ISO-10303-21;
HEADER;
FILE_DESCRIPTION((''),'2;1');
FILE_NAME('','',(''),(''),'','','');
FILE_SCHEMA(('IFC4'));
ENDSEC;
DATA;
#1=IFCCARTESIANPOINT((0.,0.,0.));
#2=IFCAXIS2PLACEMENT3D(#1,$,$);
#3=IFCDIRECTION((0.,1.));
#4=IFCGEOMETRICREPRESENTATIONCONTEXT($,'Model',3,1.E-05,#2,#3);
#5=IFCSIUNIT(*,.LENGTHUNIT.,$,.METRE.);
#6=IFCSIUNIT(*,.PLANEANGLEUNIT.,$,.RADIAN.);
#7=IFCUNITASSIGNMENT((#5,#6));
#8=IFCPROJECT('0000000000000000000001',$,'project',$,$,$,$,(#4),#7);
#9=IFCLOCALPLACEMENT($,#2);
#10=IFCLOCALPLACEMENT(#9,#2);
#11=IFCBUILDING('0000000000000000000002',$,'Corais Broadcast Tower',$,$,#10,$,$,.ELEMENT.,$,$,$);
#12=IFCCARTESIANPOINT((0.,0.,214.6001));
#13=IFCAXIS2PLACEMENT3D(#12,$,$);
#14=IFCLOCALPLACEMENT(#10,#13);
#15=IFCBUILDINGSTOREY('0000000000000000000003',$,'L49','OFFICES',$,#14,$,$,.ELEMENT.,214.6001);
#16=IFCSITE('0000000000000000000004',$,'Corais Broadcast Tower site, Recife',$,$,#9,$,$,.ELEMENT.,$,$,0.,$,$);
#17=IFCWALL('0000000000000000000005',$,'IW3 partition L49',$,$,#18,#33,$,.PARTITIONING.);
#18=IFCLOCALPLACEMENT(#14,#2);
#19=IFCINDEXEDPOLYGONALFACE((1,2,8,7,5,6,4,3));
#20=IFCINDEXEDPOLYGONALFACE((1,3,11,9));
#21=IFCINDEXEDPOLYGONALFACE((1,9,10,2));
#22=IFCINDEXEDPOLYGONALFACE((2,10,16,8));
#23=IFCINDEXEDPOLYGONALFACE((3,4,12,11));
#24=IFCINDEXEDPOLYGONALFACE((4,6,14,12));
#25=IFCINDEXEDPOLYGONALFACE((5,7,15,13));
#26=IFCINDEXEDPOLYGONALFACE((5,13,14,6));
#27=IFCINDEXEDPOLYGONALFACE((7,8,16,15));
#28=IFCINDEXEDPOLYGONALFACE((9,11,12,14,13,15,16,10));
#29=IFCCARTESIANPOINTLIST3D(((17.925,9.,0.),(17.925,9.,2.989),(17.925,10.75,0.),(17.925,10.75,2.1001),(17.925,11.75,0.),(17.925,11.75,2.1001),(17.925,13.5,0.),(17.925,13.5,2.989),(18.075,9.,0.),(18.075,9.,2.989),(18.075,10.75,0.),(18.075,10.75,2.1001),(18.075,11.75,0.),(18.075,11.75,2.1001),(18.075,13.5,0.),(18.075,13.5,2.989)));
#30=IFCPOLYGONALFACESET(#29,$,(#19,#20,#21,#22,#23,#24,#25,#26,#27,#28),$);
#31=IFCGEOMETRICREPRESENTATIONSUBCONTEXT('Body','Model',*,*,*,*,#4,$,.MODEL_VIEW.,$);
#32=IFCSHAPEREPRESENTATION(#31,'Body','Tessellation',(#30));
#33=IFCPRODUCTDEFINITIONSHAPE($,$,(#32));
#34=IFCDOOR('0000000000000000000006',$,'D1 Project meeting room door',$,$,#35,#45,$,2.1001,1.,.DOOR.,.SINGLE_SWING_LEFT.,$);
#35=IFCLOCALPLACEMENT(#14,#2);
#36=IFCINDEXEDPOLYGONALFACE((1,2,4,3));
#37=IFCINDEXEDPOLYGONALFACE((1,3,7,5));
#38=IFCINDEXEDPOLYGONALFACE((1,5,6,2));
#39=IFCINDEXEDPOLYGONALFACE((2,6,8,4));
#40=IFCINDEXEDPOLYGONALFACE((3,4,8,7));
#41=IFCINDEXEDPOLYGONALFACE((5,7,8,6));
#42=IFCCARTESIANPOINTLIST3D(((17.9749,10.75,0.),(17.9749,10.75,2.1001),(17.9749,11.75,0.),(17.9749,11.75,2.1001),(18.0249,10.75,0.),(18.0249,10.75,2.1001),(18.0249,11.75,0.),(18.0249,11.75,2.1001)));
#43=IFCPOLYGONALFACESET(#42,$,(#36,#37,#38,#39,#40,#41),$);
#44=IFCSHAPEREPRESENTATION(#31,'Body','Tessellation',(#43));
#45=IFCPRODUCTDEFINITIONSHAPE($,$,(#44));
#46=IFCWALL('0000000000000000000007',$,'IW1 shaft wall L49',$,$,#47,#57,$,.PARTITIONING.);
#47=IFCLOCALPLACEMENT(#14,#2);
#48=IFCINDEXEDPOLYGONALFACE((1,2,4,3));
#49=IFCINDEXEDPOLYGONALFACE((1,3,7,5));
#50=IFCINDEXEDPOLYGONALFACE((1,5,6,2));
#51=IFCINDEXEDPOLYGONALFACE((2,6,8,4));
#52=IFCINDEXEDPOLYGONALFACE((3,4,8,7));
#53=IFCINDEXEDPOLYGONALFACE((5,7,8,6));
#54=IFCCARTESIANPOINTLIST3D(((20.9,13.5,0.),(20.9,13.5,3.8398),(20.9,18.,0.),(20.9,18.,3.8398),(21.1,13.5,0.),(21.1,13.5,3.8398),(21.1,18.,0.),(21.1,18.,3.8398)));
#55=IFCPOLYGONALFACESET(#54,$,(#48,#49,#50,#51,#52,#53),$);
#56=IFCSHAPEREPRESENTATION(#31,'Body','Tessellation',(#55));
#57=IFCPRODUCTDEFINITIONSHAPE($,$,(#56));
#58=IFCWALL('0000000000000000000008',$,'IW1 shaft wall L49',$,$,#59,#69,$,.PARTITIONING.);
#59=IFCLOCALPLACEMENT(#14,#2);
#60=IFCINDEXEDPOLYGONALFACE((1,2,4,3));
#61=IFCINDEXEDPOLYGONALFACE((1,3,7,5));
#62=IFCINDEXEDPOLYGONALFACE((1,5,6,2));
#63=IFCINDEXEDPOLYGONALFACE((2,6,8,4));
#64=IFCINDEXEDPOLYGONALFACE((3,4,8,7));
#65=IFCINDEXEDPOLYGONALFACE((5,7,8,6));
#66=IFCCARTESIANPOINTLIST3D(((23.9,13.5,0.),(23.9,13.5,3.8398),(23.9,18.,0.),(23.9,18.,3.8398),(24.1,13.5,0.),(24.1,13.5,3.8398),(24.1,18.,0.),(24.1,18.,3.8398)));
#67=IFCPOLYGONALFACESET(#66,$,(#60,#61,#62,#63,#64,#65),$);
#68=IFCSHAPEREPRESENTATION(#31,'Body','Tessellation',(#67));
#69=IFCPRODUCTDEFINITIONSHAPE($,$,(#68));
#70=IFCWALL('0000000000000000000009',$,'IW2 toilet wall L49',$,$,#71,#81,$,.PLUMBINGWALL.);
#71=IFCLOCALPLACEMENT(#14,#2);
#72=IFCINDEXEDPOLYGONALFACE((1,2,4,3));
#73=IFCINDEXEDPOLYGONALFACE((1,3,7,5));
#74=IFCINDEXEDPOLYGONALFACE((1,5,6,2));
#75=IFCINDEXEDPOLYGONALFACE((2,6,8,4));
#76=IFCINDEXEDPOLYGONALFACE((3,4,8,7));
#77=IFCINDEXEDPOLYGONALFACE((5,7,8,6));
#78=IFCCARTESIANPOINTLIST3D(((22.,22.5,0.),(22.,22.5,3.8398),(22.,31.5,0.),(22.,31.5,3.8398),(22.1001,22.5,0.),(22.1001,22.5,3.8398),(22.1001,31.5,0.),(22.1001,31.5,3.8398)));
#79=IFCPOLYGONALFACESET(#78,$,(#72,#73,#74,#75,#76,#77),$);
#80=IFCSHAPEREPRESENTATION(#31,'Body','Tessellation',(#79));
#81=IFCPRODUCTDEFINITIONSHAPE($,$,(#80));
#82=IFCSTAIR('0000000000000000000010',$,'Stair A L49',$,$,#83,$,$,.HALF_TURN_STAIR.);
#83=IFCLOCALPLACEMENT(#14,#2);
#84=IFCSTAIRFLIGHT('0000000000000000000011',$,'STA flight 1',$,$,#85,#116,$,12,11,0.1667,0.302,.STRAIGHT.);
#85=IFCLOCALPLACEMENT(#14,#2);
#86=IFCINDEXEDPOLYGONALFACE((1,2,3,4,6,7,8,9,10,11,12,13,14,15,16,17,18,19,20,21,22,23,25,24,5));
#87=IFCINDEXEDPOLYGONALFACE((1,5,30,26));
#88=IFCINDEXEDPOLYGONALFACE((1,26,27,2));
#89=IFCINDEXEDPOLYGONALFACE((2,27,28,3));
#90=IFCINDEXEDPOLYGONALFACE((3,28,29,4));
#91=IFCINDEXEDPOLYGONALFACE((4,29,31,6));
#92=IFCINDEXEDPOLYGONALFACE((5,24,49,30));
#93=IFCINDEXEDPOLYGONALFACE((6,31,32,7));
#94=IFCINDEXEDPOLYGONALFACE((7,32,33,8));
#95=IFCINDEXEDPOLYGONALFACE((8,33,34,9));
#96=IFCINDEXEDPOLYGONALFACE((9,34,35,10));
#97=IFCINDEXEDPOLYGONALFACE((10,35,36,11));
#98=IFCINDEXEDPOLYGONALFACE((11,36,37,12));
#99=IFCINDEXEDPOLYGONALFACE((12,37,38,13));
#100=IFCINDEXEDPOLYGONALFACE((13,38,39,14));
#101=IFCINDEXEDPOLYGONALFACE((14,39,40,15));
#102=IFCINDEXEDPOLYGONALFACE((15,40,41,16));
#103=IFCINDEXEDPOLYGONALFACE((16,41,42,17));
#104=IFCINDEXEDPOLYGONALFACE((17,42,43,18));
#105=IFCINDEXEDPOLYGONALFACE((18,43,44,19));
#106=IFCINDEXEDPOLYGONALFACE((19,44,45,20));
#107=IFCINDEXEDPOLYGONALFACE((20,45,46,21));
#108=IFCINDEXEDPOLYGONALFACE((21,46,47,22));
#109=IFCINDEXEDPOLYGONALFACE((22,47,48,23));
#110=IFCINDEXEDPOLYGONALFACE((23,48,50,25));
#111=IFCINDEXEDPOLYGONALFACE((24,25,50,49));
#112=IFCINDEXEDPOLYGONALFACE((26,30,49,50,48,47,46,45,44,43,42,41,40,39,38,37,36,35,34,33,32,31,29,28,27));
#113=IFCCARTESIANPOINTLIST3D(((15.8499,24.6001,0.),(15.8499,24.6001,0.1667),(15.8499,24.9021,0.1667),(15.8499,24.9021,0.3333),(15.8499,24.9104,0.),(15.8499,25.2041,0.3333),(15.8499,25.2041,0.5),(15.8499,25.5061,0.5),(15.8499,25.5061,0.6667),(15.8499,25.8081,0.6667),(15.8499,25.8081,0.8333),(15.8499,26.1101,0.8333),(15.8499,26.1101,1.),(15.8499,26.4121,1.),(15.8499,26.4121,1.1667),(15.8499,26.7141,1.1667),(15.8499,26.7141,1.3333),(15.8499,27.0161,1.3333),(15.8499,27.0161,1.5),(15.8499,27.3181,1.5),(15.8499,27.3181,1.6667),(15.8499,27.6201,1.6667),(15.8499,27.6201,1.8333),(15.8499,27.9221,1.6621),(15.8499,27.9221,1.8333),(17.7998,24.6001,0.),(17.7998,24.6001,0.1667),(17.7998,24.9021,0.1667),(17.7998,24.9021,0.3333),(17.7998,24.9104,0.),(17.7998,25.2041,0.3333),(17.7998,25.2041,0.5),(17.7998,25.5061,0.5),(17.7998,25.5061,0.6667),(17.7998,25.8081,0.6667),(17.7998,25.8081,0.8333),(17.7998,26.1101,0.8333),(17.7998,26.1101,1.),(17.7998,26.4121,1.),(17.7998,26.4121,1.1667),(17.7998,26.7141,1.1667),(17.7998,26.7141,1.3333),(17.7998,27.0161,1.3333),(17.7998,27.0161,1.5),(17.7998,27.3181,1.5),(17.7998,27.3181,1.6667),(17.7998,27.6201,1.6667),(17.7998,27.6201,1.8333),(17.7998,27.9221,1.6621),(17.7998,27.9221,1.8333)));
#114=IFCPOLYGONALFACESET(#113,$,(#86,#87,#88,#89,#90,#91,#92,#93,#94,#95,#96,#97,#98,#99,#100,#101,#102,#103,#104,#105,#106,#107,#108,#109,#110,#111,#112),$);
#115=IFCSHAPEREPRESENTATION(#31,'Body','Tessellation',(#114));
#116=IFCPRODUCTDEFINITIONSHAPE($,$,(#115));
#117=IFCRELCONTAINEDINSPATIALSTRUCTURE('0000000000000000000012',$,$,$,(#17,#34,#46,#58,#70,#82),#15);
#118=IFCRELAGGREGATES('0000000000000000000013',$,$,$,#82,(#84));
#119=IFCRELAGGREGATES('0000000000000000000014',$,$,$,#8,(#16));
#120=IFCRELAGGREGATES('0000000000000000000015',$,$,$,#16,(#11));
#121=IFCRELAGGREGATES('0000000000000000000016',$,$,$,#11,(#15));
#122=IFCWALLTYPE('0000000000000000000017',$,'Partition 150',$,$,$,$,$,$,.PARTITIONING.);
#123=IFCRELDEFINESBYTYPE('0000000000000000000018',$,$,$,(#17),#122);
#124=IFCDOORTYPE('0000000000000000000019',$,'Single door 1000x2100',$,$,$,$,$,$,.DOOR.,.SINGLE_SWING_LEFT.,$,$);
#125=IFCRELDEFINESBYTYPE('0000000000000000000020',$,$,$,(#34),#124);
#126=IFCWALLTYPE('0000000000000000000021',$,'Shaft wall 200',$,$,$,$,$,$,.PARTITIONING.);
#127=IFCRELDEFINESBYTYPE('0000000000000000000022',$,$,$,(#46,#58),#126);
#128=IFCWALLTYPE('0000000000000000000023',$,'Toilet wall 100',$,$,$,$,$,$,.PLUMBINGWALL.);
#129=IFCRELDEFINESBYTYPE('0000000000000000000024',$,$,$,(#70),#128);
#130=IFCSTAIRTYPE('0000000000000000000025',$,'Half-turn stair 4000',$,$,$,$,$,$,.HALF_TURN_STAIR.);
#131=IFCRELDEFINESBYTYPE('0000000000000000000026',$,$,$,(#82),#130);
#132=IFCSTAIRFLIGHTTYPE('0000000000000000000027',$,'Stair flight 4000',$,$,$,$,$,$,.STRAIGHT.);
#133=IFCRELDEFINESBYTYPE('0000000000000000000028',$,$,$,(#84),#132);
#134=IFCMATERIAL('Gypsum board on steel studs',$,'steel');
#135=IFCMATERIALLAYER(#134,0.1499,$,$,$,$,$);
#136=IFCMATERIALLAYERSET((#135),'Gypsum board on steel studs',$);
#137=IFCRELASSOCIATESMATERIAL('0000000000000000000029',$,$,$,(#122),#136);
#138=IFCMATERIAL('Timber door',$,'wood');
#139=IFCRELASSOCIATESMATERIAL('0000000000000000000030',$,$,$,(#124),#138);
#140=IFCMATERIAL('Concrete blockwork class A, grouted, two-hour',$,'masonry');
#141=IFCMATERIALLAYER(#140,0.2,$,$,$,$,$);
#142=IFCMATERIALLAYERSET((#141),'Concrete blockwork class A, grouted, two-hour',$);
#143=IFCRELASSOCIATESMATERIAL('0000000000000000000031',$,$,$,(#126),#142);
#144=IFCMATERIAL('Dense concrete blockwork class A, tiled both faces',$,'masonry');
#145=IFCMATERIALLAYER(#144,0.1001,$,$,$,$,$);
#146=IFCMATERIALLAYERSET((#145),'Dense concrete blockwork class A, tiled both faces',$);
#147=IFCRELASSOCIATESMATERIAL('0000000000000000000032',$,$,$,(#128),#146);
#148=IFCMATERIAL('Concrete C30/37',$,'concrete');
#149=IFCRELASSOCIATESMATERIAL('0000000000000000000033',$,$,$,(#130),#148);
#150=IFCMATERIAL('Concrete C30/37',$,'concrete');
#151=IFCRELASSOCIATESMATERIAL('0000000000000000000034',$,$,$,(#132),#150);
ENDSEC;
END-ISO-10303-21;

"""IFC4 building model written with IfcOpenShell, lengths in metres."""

from ifc_helpers import new_model, si_unit, direction, frame, frame_2d, origin, place, context, subcontext, project, spatial, polyline, rectangle, outline, extrude, material, layer, layer_set, type_object, element, fill, aggregate, save


model = new_model("IFC4")

# Units and contexts
model_context = context("Model", 3, precision=1e-05, world=origin(), true_north=direction((0.0, 1.0)))
body_context = subcontext(model_context, "Body", "Model", "MODEL_VIEW")
ifc_project = project(units=[si_unit("LENGTHUNIT", "METRE"), si_unit("PLANEANGLEUNIT", "RADIAN")], contexts=[model_context])

# Site, building, storey
site_placement = place(None, origin())
site = spatial("IfcSite", under=ifc_project, at=site_placement, Name="Corais Broadcast Tower site, Recife", CompositionType="ELEMENT", RefElevation=0.0)
building_placement = place(site_placement, origin())
building = spatial("IfcBuilding", under=site, at=building_placement, Name="Corais Broadcast Tower", CompositionType="ELEMENT")
storey_placement = place(building_placement, frame((0.0, 0.0, 214.6001)))
storey = spatial("IfcBuildingStorey", under=building, at=storey_placement, Name="L49", Description="OFFICES", CompositionType="ELEMENT", Elevation=214.6001)

# Shared definitions
ifc_material_1 = material(Name="Gypsum board on steel studs", Category="steel")
ifc_layer_1 = layer(ifc_material_1, 0.1499)
ifc_layer_set_1 = layer_set([ifc_layer_1], Name="Gypsum board on steel studs")
wall_type_1 = type_object("IfcWallType", Name="Partition 150", PredefinedType="PARTITIONING", material=ifc_layer_set_1)

# Wall, opening, door
wall_1_placement = place(storey_placement, frame((18.0, 13.5, 0.0), z_axis=(0.0, 0.0, 1.0), x_axis=(0.0, -1.0, 0.0)))
wall_1 = element("IfcWall", 1, at=wall_1_placement, inside=storey, type_object=wall_type_1, Name="IW3 partition L49", PredefinedType="PARTITIONING", context=body_context, shape_type="SweptSolid", body=[
    extrude(rectangle(XDim=4.5, YDim=0.1499, at=frame_2d((2.25, 0.0))), origin(), (0.0, 0.0, 1.0), 2.989),
])
opening_1_placement = place(wall_1_placement, frame((1.75, 0.0, 0.0)))
opening_1 = element("IfcOpeningElement", 2, at=opening_1_placement, cuts=wall_1, PredefinedType="OPENING", context=body_context, shape_type="SweptSolid", body=[
    extrude(rectangle(XDim=1.0, YDim=2.1001, at=frame_2d((0.5, 1.05))), frame((0.0, 0.085, 0.0), z_axis=(0.0, -1.0, 0.0), x_axis=(1.0, 0.0, 0.0)), (0.0, 0.0, 1.0), 0.1699),
])
ifc_material_2 = material(Name="Timber door", Category="wood")
door_type_1 = type_object("IfcDoorType", Name="Single door 1000x2100", OperationType="SINGLE_SWING_LEFT", PredefinedType="DOOR", material=ifc_material_2)
door_1_placement = place(opening_1_placement, origin())
door_1 = element("IfcDoor", 3, at=door_1_placement, inside=storey, type_object=door_type_1, Name="D1 Project meeting room door", OperationType="SINGLE_SWING_LEFT", OverallHeight=2.1001, OverallWidth=1.0, PredefinedType="DOOR", context=body_context, shape_type="SweptSolid", body=[
    extrude(rectangle(XDim=1.0, YDim=2.1001, at=frame_2d((0.5, 1.05))), frame((0.0, 0.0249, 0.0), z_axis=(0.0, -1.0, 0.0), x_axis=(1.0, 0.0, 0.0)), (0.0, 0.0, 1.0), 0.05),
])
fill(opening_1, door_1)

# Walls
ifc_material_3 = material(Name="Concrete blockwork class A, grouted, two-hour", Category="masonry")
ifc_layer_2 = layer(ifc_material_3, 0.2)
ifc_layer_set_2 = layer_set([ifc_layer_2], Name="Concrete blockwork class A, grouted, two-hour")
wall_type_2 = type_object("IfcWallType", Name="Shaft wall 200", PredefinedType="PARTITIONING", material=ifc_layer_set_2)
for number, where, z_axis, x_axis, name in (
    (4, (21.0, 13.5, 0.0), (0.0, 0.0, 1.0), (0.0, 1.0, 0.0), "IW1 shaft wall L49"),
    (5, (24.0, 13.5, 0.0), (0.0, 0.0, 1.0), (0.0, 1.0, 0.0), "IW1 shaft wall L49"),
):
    element("IfcWall", number, at=place(storey_placement, frame(where, z_axis=z_axis, x_axis=x_axis)), inside=storey, type_object=wall_type_2, Name=name, PredefinedType="PARTITIONING", context=body_context, shape_type="SweptSolid", body=[
        extrude(rectangle(XDim=4.5, YDim=0.2, at=frame_2d((2.25, 0.0))), origin(), (0.0, 0.0, 1.0), 3.8398),
    ])
ifc_material_4 = material(Name="Dense concrete blockwork class A, tiled both faces", Category="masonry")
ifc_layer_3 = layer(ifc_material_4, 0.1001)
ifc_layer_set_3 = layer_set([ifc_layer_3], Name="Dense concrete blockwork class A, tiled both faces")
wall_type_3 = type_object("IfcWallType", Name="Toilet wall 100", PredefinedType="PLUMBINGWALL", material=ifc_layer_set_3)
wall_2_placement = place(storey_placement, frame((22.05, 22.5, 0.0), z_axis=(0.0, 0.0, 1.0), x_axis=(0.0, 1.0, 0.0)))
element("IfcWall", 6, at=wall_2_placement, inside=storey, type_object=wall_type_3, Name="IW2 toilet wall L49", PredefinedType="PLUMBINGWALL", context=body_context, shape_type="SweptSolid", body=[
    extrude(rectangle(XDim=9.0, YDim=0.1001, at=frame_2d((4.5, 0.0))), origin(), (0.0, 0.0, 1.0), 3.8398),
])

# Stair, stair flight
ifc_material_5 = material(Name="Concrete C30/37", Category="concrete")
stair_type = type_object("IfcStairType", Name="Half-turn stair 4000", PredefinedType="HALF_TURN_STAIR", material=ifc_material_5)
stair_placement = place(storey_placement, origin())
stair = element("IfcStair", 7, at=stair_placement, inside=storey, type_object=stair_type, Name="Stair A L49", PredefinedType="HALF_TURN_STAIR")
ifc_material_6 = material(Name="Concrete C30/37", Category="concrete")
stair_flight_type = type_object("IfcStairFlightType", Name="Stair flight 4000", PredefinedType="STRAIGHT", material=ifc_material_6)
stair_flight_placement = place(storey_placement, frame((16.825, 24.6001, 0.0), z_axis=(0.0, 0.0, 1.0), x_axis=(0.0, 1.0, 0.0)))
stair_flight = element("IfcStairFlight", 8, at=stair_flight_placement, type_object=stair_flight_type, Name="STA flight 1", NumberOfRisers=12, NumberOfTreads=11, PredefinedType="STRAIGHT", RiserHeight=0.1667, TreadLength=0.302, context=body_context, shape_type="SweptSolid", body=[
    extrude(outline(polyline([(0.0, 0.0), (0.0, 0.1667), (0.302, 0.1667), (0.302, 0.3333), (0.604, 0.3333), (0.604, 0.5), (0.906, 0.5), (0.906, 0.6667), (1.208, 0.6667), (1.208, 0.8333), (1.51, 0.8333), (1.51, 1.0), (1.812, 1.0), (1.812, 1.1667), (2.114, 1.1667), (2.114, 1.3333), (2.416, 1.3333), (2.416, 1.5), (2.718, 1.5), (2.718, 1.6667), (3.02, 1.6667), (3.02, 1.8333), (3.322, 1.8333), (3.322, 2.0), (3.322, 1.6621), (0.3103, 0.0), (0.0, 0.0)])), frame((0.0, 0.9751, 0.0), z_axis=(0.0, -1.0, 0.0), x_axis=(1.0, 0.0, 0.0)), (0.0, 0.0, 1.0), 1.95),
])
aggregate(stair, [stair_flight])

save(model, "model.ifc")
